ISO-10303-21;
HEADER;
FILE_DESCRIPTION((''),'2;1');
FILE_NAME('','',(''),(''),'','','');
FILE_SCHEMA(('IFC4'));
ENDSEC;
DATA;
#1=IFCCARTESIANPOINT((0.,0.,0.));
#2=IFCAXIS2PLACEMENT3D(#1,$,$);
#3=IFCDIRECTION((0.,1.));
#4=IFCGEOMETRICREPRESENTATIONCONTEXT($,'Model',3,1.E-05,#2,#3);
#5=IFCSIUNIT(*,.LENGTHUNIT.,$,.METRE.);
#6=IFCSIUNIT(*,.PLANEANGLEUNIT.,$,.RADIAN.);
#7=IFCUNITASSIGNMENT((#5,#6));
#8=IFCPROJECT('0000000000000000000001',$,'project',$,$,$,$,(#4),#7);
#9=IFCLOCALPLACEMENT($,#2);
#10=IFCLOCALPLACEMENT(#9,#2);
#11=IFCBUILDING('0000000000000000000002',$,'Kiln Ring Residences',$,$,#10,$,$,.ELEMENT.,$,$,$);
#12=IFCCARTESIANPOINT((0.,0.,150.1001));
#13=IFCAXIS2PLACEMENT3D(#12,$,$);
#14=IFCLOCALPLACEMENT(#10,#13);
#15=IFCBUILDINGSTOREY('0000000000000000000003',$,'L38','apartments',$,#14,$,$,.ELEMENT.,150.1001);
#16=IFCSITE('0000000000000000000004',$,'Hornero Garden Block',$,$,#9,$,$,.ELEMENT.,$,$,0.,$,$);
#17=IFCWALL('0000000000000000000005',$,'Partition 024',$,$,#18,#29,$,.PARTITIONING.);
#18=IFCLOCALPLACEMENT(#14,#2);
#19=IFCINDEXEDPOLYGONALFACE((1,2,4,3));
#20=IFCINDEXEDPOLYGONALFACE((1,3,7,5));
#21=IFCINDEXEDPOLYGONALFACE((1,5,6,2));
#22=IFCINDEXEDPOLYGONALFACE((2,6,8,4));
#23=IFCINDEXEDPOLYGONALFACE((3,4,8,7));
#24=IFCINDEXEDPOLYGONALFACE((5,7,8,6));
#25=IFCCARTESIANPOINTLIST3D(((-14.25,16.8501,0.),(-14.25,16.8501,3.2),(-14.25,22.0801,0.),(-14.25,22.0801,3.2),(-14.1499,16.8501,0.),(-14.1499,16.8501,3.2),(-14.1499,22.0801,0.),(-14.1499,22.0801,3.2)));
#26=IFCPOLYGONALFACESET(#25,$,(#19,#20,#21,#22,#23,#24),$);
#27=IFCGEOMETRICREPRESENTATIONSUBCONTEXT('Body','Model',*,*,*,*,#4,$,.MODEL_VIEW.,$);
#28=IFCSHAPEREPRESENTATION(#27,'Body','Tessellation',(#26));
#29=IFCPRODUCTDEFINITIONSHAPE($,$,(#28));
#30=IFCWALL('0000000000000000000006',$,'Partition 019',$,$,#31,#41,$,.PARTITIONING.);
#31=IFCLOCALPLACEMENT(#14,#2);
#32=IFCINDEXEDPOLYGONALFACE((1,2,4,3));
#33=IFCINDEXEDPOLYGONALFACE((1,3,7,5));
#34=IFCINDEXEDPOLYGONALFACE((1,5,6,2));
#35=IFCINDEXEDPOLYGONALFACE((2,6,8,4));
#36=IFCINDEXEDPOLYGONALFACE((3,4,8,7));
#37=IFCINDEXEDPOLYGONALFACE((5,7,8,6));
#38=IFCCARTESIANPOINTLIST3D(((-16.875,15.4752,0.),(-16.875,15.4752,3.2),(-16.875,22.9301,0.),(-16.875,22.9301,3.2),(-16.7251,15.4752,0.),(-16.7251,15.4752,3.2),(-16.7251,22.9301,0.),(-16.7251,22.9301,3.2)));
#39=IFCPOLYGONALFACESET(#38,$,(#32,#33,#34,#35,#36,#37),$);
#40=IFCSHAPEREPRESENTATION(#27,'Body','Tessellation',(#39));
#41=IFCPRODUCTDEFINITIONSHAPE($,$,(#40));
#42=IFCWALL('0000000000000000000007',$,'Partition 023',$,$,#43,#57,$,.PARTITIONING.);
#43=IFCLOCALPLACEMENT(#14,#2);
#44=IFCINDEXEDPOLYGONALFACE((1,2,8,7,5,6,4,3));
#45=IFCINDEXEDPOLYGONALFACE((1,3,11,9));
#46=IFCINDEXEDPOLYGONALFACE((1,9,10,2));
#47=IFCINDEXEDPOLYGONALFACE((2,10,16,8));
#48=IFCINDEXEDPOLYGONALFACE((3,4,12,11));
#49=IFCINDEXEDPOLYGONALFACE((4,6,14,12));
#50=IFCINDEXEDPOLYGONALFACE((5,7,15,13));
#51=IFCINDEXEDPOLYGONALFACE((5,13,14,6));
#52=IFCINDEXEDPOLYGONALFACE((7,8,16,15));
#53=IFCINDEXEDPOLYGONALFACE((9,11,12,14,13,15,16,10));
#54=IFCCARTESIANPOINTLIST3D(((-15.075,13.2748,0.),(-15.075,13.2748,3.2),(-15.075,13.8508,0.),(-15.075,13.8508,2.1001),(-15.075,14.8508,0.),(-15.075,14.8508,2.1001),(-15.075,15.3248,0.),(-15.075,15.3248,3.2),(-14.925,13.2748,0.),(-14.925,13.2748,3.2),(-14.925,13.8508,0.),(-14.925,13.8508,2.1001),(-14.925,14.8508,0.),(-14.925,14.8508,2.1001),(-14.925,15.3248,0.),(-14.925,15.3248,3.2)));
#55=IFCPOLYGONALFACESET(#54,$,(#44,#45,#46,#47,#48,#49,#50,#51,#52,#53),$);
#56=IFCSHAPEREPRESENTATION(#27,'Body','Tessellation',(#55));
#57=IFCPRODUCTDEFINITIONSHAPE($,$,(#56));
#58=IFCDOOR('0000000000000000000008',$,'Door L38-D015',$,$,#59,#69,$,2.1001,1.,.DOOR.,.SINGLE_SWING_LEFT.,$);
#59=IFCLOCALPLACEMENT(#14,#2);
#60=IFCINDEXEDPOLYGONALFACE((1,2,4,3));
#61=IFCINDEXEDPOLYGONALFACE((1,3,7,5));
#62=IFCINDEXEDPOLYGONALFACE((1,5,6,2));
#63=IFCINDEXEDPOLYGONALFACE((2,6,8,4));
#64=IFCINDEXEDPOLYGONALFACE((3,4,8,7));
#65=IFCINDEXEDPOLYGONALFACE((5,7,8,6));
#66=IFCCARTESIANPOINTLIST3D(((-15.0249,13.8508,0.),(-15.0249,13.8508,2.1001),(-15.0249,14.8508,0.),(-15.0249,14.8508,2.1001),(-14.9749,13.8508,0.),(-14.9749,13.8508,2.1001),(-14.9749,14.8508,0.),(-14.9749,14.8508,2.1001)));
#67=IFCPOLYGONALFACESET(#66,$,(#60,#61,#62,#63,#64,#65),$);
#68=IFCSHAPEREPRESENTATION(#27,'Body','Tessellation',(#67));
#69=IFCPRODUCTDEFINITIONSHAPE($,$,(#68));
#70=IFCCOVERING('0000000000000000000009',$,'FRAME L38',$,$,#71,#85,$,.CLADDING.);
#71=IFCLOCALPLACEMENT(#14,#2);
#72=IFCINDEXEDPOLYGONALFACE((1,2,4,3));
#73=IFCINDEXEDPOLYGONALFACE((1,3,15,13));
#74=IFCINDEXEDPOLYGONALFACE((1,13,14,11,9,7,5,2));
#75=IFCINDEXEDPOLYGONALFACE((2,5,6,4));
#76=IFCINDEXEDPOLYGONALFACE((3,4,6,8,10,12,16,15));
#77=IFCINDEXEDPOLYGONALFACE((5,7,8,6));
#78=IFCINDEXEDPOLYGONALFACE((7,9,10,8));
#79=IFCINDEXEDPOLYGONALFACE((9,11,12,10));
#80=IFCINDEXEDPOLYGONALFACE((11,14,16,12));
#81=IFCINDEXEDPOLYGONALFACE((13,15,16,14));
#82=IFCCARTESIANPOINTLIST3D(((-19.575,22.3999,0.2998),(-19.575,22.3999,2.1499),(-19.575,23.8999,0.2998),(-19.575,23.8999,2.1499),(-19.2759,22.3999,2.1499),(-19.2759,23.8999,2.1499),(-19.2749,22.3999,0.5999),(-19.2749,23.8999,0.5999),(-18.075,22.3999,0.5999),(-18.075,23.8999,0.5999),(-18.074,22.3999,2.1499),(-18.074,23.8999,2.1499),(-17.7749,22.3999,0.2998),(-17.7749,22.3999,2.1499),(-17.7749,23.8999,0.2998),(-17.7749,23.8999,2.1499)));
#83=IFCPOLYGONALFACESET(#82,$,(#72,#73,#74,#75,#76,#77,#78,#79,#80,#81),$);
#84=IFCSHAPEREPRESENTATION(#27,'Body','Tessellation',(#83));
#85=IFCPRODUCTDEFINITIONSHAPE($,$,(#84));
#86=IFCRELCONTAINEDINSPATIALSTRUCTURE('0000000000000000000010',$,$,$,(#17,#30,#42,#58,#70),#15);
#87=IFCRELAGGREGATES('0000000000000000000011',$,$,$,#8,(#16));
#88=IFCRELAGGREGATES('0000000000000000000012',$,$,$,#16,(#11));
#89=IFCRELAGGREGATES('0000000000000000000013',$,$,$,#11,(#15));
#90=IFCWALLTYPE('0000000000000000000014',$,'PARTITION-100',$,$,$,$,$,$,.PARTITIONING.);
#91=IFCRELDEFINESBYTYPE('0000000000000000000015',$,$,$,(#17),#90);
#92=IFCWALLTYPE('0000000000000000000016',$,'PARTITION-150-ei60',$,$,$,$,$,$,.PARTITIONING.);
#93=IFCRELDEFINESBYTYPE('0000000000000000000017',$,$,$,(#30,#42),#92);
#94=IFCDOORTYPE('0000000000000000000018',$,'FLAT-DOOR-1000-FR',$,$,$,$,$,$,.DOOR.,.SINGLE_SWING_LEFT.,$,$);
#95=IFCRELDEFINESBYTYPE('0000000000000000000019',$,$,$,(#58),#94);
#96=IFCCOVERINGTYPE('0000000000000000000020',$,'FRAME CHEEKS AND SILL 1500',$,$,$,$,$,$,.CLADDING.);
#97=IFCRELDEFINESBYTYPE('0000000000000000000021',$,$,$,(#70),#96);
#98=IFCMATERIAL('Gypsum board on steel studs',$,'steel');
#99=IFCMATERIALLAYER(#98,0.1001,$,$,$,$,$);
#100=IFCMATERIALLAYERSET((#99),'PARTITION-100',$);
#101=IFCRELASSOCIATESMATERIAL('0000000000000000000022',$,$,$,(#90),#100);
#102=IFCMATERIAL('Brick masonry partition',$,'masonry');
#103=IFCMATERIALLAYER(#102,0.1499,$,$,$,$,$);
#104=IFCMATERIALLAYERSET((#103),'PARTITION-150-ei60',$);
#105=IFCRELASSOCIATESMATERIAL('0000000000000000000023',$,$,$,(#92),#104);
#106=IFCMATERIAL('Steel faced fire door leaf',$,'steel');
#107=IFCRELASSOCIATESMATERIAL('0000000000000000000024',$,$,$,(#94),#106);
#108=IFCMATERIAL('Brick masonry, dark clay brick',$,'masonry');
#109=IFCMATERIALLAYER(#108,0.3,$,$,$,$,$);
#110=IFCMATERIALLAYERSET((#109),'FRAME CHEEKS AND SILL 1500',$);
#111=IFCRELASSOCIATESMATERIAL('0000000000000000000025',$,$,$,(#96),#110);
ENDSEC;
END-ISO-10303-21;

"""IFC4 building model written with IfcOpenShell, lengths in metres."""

from ifc_helpers import new_model, si_unit, direction, frame, frame_2d, origin, place, context, subcontext, project, spatial, polyline, rectangle, outline, extrude, material, layer, layer_set, type_object, element, fill, save


model = new_model("IFC4")

# Units and contexts
model_context = context("Model", 3, precision=1e-05, world=origin(), true_north=direction((0.0, 1.0)))
body_context = subcontext(model_context, "Body", "Model", "MODEL_VIEW")
ifc_project = project(units=[si_unit("LENGTHUNIT", "METRE"), si_unit("PLANEANGLEUNIT", "RADIAN")], contexts=[model_context])

# Site, building, storey
site_placement = place(None, origin())
site = spatial("IfcSite", under=ifc_project, at=site_placement, Name="Hornero Garden Block", CompositionType="ELEMENT", RefElevation=0.0)
building_placement = place(site_placement, origin())
building = spatial("IfcBuilding", under=site, at=building_placement, Name="Kiln Ring Residences", CompositionType="ELEMENT")
storey_placement = place(building_placement, frame((0.0, 0.0, 150.1001)))
storey = spatial("IfcBuildingStorey", under=building, at=storey_placement, Name="L38", Description="apartments", CompositionType="ELEMENT", Elevation=150.1001)

# Shared definitions
ifc_material_1 = material(Name="Gypsum board on steel studs", Category="steel")
ifc_layer_1 = layer(ifc_material_1, 0.1001)
ifc_layer_set_1 = layer_set([ifc_layer_1], Name="PARTITION-100")
wall_type_1 = type_object("IfcWallType", Name="PARTITION-100", PredefinedType="PARTITIONING", material=ifc_layer_set_1)

# Walls
wall_1_placement = place(storey_placement, frame((-14.2, 16.8501, 0.0), z_axis=(0.0, 0.0, 1.0), x_axis=(0.0, 1.0, 0.0)))
element("IfcWall", 1, at=wall_1_placement, inside=storey, type_object=wall_type_1, Name="Partition 024", PredefinedType="PARTITIONING", context=body_context, shape_type="SweptSolid", body=[
    extrude(rectangle(XDim=5.23, YDim=0.1001, at=frame_2d((2.615, 0.0))), origin(), (0.0, 0.0, 1.0), 3.2),
])
ifc_material_2 = material(Name="Brick masonry partition", Category="masonry")
ifc_layer_2 = layer(ifc_material_2, 0.1499)
ifc_layer_set_2 = layer_set([ifc_layer_2], Name="PARTITION-150-ei60")
wall_type_2 = type_object("IfcWallType", Name="PARTITION-150-ei60", PredefinedType="PARTITIONING", material=ifc_layer_set_2)
wall_2_placement = place(storey_placement, frame((-16.8, 15.4751, 0.0), z_axis=(0.0, 0.0, 1.0), x_axis=(0.0, 1.0, 0.0)))
element("IfcWall", 2, at=wall_2_placement, inside=storey, type_object=wall_type_2, Name="Partition 019", PredefinedType="PARTITIONING", context=body_context, shape_type="SweptSolid", body=[
    extrude(rectangle(XDim=7.4548, YDim=0.1499, at=frame_2d((3.7275, 0.0))), origin(), (0.0, 0.0, 1.0), 3.2),
])

# Wall, opening, door
wall_3_placement = place(storey_placement, frame((-15.0, 13.2749, 0.0), z_axis=(0.0, 0.0, 1.0), x_axis=(0.0, 1.0, 0.0)))
wall_3 = element("IfcWall", 3, at=wall_3_placement, inside=storey, type_object=wall_type_2, Name="Partition 023", PredefinedType="PARTITIONING", context=body_context, shape_type="SweptSolid", body=[
    extrude(rectangle(XDim=2.05, YDim=0.1499, at=frame_2d((1.0249, 0.0))), origin(), (0.0, 0.0, 1.0), 3.2),
])
opening_1_placement = place(wall_3_placement, frame((0.5759, 0.0, 0.0)))
opening_1 = element("IfcOpeningElement", 4, at=opening_1_placement, cuts=wall_3, PredefinedType="OPENING", context=body_context, shape_type="SweptSolid", body=[
    extrude(rectangle(XDim=1.0, YDim=2.1001, at=frame_2d((0.5, 1.05))), frame((0.0, 0.085, 0.0), z_axis=(0.0, -1.0, 0.0), x_axis=(1.0, 0.0, 0.0)), (0.0, 0.0, 1.0), 0.1699),
])
ifc_material_3 = material(Name="Steel faced fire door leaf", Category="steel")
door_type_1 = type_object("IfcDoorType", Name="FLAT-DOOR-1000-FR", OperationType="SINGLE_SWING_LEFT", PredefinedType="DOOR", material=ifc_material_3)
door_1_placement = place(opening_1_placement, origin())
door_1 = element("IfcDoor", 5, at=door_1_placement, inside=storey, type_object=door_type_1, Name="Door L38-D015", OperationType="SINGLE_SWING_LEFT", OverallHeight=2.1001, OverallWidth=1.0, PredefinedType="DOOR", context=body_context, shape_type="SweptSolid", body=[
    extrude(rectangle(XDim=1.0, YDim=2.1001, at=frame_2d((0.5, 1.05))), frame((0.0, 0.0249, 0.0), z_axis=(0.0, -1.0, 0.0), x_axis=(1.0, 0.0, 0.0)), (0.0, 0.0, 1.0), 0.05),
])
fill(opening_1, door_1)

# Covering
ifc_material_4 = material(Name="Brick masonry, dark clay brick", Category="masonry")
ifc_layer_3 = layer(ifc_material_4, 0.3)
ifc_layer_set_3 = layer_set([ifc_layer_3], Name="FRAME CHEEKS AND SILL 1500")
covering_type = type_object("IfcCoveringType", Name="FRAME CHEEKS AND SILL 1500", PredefinedType="CLADDING", material=ifc_layer_set_3)
covering_placement = place(storey_placement, frame((-17.7749, 23.1499, 0.2998), z_axis=(0.0, 0.0, 1.0), x_axis=(-1.0, 0.0, 0.0)))
element("IfcCovering", 6, at=covering_placement, inside=storey, type_object=covering_type, Name="FRAME L38", PredefinedType="CLADDING", context=body_context, shape_type="SweptSolid", body=[
    extrude(outline(polyline([(0.0, 0.0), (1.8, 0.0), (1.8, 1.8501), (1.501, 1.8501), (1.5, 0.3), (0.3, 0.3), (0.2991, 1.8501), (0.0, 1.8501), (0.0, 0.0)])), frame((0.0, 0.75, 0.0), z_axis=(0.0, -1.0, 0.0), x_axis=(1.0, 0.0, 0.0)), (0.0, 0.0, 1.0), 1.5),
])

save(model, "model.ifc")
